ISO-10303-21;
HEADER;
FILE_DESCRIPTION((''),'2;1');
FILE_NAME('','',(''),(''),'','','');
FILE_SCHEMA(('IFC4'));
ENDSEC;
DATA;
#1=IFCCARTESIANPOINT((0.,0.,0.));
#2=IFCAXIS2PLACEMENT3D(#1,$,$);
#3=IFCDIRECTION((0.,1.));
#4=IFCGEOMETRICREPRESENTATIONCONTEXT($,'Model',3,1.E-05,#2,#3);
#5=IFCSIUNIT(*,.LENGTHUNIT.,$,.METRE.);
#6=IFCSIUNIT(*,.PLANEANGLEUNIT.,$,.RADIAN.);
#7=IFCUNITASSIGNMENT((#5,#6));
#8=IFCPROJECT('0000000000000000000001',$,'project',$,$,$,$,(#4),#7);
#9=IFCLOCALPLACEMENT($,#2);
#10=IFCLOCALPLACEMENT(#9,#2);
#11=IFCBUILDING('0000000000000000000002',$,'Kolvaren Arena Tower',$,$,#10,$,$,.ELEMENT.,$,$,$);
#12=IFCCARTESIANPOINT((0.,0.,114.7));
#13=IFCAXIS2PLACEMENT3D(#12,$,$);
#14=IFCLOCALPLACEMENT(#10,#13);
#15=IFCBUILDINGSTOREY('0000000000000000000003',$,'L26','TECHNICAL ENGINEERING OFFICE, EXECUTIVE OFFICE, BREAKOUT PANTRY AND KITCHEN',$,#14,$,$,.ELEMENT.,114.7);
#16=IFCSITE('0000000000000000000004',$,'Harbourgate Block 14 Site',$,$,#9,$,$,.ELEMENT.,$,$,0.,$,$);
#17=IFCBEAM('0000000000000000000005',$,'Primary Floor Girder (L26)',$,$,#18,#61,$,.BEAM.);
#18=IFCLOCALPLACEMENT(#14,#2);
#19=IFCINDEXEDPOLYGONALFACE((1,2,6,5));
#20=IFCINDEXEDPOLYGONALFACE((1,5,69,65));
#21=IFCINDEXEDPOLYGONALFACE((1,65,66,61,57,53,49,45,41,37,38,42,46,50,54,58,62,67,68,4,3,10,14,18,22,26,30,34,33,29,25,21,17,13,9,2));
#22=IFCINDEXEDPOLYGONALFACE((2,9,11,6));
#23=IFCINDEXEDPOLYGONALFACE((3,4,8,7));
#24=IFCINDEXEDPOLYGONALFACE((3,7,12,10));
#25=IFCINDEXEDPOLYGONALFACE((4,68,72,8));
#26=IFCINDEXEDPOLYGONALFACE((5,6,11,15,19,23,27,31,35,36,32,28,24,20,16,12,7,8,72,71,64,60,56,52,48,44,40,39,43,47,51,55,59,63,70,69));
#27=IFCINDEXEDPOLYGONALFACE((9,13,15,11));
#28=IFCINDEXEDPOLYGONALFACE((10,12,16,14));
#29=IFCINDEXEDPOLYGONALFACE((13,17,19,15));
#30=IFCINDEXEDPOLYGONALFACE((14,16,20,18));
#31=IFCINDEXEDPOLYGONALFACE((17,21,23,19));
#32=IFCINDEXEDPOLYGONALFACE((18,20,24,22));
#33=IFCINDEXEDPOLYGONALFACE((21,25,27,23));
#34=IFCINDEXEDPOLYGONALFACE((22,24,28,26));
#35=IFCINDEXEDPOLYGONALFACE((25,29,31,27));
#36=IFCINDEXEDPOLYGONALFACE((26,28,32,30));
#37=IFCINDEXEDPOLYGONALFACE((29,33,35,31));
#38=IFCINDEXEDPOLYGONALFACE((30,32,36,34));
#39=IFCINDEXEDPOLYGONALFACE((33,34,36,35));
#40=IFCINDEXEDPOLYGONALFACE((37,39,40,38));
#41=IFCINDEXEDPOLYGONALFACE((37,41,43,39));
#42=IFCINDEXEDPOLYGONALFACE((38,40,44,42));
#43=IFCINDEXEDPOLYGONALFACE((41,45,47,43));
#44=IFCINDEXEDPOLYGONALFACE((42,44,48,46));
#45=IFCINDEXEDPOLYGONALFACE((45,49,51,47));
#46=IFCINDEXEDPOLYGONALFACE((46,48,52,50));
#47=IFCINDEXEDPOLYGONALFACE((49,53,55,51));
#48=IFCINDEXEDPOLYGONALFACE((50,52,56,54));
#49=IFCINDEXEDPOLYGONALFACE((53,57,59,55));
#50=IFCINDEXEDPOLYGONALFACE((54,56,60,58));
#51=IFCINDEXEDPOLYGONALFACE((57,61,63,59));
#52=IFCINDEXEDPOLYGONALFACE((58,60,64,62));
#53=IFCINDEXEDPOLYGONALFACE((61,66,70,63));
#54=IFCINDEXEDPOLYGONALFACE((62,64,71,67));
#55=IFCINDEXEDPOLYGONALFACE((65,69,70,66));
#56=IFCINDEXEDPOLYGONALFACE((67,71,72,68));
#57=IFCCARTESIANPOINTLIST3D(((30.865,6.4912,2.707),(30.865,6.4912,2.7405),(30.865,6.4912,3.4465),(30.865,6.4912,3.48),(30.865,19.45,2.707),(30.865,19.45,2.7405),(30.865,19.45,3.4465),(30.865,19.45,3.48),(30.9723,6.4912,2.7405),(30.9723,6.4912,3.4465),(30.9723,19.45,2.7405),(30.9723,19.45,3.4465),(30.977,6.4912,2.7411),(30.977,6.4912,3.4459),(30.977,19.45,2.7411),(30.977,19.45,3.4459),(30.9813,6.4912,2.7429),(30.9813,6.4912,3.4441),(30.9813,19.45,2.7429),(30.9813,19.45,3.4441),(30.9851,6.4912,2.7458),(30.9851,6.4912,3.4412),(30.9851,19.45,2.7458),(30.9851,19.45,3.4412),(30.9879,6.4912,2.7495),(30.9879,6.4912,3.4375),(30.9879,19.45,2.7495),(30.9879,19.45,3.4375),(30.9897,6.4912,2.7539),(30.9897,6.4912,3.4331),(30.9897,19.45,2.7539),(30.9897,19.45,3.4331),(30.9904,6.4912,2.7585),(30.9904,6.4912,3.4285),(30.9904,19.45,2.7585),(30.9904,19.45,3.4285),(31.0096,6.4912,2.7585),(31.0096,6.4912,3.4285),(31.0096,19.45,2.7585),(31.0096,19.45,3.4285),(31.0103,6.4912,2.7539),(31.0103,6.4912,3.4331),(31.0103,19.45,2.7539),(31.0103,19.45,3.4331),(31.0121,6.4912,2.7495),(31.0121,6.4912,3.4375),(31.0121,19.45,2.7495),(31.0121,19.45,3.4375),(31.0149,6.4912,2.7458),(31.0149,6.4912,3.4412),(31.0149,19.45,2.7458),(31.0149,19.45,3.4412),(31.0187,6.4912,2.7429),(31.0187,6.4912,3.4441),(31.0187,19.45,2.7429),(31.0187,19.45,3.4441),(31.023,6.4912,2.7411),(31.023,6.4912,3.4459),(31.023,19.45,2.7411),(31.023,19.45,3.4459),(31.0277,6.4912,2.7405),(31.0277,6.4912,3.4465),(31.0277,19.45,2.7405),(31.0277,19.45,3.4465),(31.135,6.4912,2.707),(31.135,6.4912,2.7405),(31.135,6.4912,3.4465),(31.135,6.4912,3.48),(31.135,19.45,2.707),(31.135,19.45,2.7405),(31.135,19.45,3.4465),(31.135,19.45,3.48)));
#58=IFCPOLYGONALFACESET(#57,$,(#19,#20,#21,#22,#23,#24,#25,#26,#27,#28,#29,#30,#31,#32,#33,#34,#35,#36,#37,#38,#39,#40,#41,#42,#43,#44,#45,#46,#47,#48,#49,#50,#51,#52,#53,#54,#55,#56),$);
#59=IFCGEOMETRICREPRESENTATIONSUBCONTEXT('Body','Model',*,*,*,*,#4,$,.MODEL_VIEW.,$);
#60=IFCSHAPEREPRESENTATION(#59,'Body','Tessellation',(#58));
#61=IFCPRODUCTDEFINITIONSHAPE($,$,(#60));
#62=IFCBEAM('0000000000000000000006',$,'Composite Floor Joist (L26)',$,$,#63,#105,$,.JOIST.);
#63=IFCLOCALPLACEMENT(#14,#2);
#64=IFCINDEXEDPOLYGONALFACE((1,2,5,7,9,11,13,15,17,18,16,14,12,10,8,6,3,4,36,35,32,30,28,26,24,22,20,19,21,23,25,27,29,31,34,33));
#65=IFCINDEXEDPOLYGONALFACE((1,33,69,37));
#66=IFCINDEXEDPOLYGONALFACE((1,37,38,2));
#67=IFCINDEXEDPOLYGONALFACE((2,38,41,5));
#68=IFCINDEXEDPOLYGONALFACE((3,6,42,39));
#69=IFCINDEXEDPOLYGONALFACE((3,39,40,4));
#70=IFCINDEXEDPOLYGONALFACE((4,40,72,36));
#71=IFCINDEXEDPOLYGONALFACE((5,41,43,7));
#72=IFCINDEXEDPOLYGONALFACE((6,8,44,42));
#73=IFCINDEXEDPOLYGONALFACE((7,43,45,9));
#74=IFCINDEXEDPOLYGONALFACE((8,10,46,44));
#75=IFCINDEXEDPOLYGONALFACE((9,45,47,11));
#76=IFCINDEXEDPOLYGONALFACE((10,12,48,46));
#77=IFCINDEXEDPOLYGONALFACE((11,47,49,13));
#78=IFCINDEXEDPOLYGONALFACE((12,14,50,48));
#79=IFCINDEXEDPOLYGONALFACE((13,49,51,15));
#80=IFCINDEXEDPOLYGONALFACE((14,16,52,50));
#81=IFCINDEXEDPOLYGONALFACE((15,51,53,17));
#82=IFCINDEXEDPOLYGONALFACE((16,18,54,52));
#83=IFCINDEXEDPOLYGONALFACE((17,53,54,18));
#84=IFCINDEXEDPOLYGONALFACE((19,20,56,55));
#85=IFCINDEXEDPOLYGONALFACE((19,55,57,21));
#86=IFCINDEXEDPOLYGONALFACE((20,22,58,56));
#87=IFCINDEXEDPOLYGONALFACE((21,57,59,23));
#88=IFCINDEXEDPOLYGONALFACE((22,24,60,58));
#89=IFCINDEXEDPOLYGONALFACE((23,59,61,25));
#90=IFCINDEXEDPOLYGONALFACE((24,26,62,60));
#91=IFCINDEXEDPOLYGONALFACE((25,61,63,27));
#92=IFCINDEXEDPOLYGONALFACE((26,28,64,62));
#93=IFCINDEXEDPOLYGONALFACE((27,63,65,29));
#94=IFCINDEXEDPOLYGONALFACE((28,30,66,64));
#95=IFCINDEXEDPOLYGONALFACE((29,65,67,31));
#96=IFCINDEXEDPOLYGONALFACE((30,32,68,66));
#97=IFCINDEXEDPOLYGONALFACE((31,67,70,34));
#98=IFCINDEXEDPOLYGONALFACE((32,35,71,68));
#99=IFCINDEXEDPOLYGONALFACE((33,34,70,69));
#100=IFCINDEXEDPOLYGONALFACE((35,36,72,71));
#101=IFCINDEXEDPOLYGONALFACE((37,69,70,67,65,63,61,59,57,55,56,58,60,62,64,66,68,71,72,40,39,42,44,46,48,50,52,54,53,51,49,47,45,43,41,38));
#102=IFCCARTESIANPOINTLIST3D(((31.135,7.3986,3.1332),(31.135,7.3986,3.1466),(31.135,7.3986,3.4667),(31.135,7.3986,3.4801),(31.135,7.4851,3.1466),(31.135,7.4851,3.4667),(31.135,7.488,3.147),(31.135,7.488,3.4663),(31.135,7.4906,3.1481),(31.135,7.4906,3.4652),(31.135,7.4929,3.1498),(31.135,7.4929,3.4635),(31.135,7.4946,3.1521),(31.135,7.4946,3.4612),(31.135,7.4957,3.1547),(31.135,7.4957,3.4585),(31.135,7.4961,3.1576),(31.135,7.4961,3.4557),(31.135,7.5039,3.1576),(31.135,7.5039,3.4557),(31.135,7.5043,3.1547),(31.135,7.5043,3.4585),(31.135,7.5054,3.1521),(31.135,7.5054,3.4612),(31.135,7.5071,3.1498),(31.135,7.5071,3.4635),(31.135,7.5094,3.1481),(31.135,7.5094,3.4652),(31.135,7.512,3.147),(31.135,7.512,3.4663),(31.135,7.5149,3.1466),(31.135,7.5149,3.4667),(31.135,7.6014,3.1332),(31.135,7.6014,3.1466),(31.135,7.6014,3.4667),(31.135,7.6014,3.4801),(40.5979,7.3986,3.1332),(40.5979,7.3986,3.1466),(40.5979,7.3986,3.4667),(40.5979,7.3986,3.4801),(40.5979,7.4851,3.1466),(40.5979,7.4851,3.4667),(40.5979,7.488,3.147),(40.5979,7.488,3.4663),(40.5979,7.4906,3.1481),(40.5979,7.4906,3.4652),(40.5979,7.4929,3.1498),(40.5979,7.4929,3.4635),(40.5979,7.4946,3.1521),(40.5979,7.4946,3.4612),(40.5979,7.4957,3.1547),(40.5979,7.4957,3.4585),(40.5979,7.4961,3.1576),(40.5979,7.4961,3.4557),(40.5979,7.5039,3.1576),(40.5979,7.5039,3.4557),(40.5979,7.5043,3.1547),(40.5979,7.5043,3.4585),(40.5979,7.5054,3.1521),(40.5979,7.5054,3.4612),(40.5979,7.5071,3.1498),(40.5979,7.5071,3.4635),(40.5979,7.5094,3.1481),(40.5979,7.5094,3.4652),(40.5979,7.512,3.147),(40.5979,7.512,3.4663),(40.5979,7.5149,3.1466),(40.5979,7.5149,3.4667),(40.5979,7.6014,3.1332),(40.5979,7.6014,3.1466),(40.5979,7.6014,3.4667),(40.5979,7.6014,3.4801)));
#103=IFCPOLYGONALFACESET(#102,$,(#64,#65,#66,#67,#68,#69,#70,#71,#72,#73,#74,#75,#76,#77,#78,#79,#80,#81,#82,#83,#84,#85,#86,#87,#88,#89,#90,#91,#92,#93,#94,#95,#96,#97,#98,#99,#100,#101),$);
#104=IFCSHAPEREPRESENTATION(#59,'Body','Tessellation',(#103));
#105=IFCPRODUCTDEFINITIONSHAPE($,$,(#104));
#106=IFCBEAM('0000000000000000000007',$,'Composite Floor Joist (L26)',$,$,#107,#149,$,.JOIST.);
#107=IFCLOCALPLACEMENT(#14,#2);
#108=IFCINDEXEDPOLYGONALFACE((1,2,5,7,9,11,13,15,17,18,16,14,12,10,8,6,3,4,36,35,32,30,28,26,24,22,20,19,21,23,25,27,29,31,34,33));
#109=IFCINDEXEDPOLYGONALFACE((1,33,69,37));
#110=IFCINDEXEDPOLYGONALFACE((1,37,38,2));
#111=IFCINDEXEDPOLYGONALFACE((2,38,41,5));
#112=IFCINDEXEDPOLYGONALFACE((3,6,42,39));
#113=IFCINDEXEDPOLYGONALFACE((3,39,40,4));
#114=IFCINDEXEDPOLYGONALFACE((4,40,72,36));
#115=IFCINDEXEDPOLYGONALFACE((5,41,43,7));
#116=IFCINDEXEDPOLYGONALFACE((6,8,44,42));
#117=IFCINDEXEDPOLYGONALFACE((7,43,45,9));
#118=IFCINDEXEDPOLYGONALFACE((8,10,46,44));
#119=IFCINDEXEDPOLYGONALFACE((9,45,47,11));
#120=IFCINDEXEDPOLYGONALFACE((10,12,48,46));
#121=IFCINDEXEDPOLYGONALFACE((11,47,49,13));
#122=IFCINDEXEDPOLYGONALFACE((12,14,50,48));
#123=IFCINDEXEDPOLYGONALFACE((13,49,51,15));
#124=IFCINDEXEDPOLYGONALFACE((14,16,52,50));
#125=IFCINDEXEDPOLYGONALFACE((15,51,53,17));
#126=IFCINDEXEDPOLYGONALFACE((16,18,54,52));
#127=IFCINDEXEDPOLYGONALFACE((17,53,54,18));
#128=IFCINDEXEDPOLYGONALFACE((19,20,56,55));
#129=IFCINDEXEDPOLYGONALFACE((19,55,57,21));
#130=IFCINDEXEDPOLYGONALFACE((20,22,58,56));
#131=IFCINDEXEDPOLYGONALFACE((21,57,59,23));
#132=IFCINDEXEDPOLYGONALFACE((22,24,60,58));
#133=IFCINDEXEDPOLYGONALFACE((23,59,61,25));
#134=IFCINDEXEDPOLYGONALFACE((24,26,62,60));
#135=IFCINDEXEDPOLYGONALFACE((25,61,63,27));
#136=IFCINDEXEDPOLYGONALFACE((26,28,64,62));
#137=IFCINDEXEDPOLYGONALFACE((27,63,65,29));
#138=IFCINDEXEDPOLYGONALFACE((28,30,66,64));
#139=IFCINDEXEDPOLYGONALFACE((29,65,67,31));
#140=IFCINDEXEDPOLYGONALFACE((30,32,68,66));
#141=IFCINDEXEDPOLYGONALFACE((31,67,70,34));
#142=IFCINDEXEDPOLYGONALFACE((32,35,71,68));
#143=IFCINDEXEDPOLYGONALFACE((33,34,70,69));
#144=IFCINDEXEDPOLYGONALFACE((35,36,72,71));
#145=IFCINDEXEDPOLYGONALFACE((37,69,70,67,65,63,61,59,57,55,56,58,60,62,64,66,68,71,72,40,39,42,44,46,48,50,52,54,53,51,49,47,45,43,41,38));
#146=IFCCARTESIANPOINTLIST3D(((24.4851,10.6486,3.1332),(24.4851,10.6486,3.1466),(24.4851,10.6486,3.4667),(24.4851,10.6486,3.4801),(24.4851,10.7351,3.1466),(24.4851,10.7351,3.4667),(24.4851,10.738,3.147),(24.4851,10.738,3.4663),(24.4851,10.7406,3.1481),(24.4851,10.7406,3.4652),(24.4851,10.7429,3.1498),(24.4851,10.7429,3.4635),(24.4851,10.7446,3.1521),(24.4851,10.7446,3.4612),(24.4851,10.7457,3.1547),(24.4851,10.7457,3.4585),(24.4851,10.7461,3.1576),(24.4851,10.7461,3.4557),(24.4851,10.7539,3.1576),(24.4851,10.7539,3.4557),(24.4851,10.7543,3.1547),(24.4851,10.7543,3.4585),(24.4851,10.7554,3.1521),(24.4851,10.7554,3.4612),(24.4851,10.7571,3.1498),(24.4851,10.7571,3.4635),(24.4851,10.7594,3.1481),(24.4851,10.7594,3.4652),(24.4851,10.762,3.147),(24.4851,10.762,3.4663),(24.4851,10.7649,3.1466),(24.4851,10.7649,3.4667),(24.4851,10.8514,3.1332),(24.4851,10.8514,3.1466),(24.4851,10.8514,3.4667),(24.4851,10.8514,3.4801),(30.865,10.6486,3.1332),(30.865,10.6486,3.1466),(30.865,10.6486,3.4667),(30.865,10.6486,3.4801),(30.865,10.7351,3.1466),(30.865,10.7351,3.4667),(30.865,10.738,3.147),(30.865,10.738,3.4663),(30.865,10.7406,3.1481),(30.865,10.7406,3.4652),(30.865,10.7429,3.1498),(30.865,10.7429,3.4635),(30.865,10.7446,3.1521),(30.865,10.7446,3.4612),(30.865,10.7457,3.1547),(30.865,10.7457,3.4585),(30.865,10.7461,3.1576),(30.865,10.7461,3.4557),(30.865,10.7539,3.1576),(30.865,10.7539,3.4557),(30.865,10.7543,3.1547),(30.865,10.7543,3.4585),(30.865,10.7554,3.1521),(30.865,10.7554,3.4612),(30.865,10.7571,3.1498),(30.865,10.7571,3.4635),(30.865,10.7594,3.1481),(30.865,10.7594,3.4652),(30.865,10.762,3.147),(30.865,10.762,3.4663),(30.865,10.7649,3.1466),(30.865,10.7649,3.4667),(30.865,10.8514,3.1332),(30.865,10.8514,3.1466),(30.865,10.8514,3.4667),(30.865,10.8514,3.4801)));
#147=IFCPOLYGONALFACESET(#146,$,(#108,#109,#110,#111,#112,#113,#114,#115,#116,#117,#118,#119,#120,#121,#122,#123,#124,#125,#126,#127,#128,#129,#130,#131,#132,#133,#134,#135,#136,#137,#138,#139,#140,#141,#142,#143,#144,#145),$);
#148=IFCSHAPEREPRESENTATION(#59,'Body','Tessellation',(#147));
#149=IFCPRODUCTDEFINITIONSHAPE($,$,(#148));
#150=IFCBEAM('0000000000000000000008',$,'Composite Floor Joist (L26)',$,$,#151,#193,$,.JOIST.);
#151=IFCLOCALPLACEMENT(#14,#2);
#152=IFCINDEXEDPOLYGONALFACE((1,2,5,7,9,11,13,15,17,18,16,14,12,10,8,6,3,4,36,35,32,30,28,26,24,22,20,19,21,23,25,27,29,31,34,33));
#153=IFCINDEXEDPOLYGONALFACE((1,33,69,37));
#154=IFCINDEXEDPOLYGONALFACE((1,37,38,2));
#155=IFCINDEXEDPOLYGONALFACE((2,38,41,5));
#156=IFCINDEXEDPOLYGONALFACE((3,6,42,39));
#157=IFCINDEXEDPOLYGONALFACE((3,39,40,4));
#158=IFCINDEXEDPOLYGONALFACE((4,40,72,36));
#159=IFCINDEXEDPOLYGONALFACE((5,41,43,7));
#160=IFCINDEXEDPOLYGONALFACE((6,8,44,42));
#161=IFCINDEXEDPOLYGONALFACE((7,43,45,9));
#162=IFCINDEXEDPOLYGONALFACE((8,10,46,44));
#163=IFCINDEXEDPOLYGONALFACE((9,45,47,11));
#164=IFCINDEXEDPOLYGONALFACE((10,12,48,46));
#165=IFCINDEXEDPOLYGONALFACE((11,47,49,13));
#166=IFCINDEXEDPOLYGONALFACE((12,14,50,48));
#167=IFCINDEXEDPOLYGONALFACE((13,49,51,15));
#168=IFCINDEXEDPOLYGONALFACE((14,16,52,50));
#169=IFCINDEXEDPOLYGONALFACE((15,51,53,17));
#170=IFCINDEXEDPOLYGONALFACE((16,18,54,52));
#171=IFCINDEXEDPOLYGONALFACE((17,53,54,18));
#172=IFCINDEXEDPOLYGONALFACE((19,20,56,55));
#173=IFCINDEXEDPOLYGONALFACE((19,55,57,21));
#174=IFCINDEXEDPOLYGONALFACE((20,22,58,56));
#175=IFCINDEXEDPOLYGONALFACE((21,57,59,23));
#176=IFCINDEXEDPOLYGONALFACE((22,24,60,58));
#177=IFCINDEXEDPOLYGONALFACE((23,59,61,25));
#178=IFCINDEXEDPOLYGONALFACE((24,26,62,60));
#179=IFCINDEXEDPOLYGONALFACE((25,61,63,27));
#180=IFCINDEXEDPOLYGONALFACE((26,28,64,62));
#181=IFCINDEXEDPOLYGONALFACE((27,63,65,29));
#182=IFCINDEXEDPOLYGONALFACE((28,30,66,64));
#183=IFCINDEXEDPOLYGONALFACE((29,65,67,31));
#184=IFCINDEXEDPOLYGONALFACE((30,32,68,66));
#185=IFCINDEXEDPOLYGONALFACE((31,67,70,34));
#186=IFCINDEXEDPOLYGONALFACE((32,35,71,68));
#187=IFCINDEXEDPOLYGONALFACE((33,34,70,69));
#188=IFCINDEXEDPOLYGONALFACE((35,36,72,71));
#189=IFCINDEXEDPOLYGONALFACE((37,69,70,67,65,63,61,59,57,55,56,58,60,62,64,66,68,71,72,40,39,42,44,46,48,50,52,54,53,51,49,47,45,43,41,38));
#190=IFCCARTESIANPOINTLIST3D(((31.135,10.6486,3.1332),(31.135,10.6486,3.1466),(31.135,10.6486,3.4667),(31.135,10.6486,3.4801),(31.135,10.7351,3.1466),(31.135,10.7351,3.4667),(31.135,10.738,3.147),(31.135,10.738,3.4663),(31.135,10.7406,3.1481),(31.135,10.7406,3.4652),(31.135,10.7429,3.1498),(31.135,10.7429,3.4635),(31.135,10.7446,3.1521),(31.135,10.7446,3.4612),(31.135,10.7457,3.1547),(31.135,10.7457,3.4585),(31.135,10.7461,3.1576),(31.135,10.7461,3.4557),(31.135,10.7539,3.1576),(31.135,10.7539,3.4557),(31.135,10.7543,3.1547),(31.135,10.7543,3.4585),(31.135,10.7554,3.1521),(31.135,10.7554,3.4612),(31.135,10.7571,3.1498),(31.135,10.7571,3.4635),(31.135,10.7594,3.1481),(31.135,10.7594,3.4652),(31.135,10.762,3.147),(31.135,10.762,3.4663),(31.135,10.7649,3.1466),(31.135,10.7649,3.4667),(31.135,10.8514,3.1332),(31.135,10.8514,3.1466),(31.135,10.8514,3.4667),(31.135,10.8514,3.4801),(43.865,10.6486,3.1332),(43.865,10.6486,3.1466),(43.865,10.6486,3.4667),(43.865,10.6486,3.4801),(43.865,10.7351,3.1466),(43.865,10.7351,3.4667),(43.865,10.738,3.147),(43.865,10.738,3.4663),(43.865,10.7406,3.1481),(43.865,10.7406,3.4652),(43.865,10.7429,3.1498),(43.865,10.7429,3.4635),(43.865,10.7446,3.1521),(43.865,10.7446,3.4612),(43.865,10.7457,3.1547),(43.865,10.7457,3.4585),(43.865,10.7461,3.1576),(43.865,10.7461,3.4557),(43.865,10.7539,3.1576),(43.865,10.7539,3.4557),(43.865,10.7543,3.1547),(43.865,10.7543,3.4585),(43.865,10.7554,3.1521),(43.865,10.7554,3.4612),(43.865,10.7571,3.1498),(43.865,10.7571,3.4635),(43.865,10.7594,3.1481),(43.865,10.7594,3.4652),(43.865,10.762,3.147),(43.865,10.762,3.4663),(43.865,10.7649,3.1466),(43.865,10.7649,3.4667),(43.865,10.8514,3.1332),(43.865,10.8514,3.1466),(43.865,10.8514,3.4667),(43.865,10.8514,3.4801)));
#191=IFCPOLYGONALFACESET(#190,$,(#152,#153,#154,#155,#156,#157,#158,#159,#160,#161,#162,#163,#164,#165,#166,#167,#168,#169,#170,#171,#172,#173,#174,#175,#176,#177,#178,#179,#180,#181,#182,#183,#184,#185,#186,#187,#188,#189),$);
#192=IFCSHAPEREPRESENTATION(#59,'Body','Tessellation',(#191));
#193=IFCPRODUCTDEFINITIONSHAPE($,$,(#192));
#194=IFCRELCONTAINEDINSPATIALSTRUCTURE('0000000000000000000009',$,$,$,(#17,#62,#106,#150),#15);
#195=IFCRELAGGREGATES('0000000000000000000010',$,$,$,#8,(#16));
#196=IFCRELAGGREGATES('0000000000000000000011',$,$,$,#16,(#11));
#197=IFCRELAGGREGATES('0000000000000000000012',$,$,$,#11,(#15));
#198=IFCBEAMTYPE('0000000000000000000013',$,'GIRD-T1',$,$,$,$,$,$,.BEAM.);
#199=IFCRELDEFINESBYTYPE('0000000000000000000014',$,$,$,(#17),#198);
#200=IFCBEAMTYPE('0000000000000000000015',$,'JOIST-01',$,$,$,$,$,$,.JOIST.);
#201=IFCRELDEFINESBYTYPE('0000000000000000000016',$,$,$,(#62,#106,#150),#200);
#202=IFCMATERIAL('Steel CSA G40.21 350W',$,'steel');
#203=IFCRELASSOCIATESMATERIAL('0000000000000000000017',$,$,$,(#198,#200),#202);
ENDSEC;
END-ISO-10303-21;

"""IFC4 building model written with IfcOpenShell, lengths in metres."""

from ifc_helpers import new_model, si_unit, direction, frame, origin, origin_2d, place, context, subcontext, project, spatial, i_section, extrude, material, material_profile, profile_set, type_object, element, save


model = new_model("IFC4")

# Units and contexts
model_context = context("Model", 3, precision=1e-05, world=origin(), true_north=direction((0.0, 1.0)))
body_context = subcontext(model_context, "Body", "Model", "MODEL_VIEW")
ifc_project = project(units=[si_unit("LENGTHUNIT", "METRE"), si_unit("PLANEANGLEUNIT", "RADIAN")], contexts=[model_context])

# Site, building, storey
site_placement = place(None, origin())
site = spatial("IfcSite", under=ifc_project, at=site_placement, Name="Harbourgate Block 14 Site", CompositionType="ELEMENT", RefElevation=0.0)
building_placement = place(site_placement, origin())
building = spatial("IfcBuilding", under=site, at=building_placement, Name="Kolvaren Arena Tower", CompositionType="ELEMENT")
storey_placement = place(building_placement, frame((0.0, 0.0, 114.7)))
storey = spatial("IfcBuildingStorey", under=building, at=storey_placement, Name="L26", Description="TECHNICAL ENGINEERING OFFICE, EXECUTIVE OFFICE, BREAKOUT PANTRY AND KITCHEN", CompositionType="ELEMENT", Elevation=114.7)

# Beams
ifc_material_1 = material(Name="Steel CSA G40.21 350W", Category="steel")
ifc_material_profile_1 = material_profile(ifc_material_1, i_section(OverallWidth=0.27, OverallDepth=0.7729, WebThickness=0.0193, FlangeThickness=0.0334, FilletRadius=0.0181, at=origin_2d()), Name="W760x257")
ifc_profile_set_1 = profile_set([ifc_material_profile_1], Name="Steel CSA G40.21 350W")
beam_type_1 = type_object("IfcBeamType", Name="GIRD-T1", PredefinedType="BEAM", material=ifc_profile_set_1)
beam_1_placement = place(storey_placement, frame((31.0, 6.4912, 3.0935), z_axis=(0.0, 1.0, 0.0), x_axis=(-1.0, 0.0, 0.0)))
element("IfcBeam", 1, at=beam_1_placement, inside=storey, type_object=beam_type_1, Name="Primary Floor Girder (L26)", PredefinedType="BEAM", context=body_context, shape_type="SweptSolid", body=[
    extrude(i_section(OverallWidth=0.27, OverallDepth=0.7729, WebThickness=0.0193, FlangeThickness=0.0334, FilletRadius=0.0181, at=origin_2d()), origin(), (0.0, 0.0, 1.0), 12.9587),
])
ifc_material_profile_2 = material_profile(ifc_material_1, i_section(OverallWidth=0.2029, OverallDepth=0.3469, WebThickness=0.0078, FlangeThickness=0.0134, FilletRadius=0.011, at=origin_2d()), Name="W360x64")
ifc_profile_set_2 = profile_set([ifc_material_profile_2], Name="Steel CSA G40.21 350W")
beam_type_2 = type_object("IfcBeamType", Name="JOIST-01", PredefinedType="JOIST", material=ifc_profile_set_2)
beam_2_placement = place(storey_placement, frame((31.135, 7.5, 3.3066), z_axis=(1.0, 0.0, 0.0), x_axis=(0.0, 1.0, 0.0)))
element("IfcBeam", 2, at=beam_2_placement, inside=storey, type_object=beam_type_2, Name="Composite Floor Joist (L26)", PredefinedType="JOIST", context=body_context, shape_type="SweptSolid", body=[
    extrude(i_section(OverallWidth=0.2029, OverallDepth=0.3469, WebThickness=0.0078, FlangeThickness=0.0134, FilletRadius=0.011, at=origin_2d()), origin(), (0.0, 0.0, 1.0), 9.4629),
])
beam_3_placement = place(storey_placement, frame((24.4851, 10.75, 3.3066), z_axis=(1.0, 0.0, 0.0), x_axis=(0.0, 1.0, 0.0)))
element("IfcBeam", 3, at=beam_3_placement, inside=storey, type_object=beam_type_2, Name="Composite Floor Joist (L26)", PredefinedType="JOIST", context=body_context, shape_type="SweptSolid", body=[
    extrude(i_section(OverallWidth=0.2029, OverallDepth=0.3469, WebThickness=0.0078, FlangeThickness=0.0134, FilletRadius=0.011, at=origin_2d()), origin(), (0.0, 0.0, 1.0), 6.3799),
])
beam_4_placement = place(storey_placement, frame((31.135, 10.75, 3.3066), z_axis=(1.0, 0.0, 0.0), x_axis=(0.0, 1.0, 0.0)))
element("IfcBeam", 4, at=beam_4_placement, inside=storey, type_object=beam_type_2, Name="Composite Floor Joist (L26)", PredefinedType="JOIST", context=body_context, shape_type="SweptSolid", body=[
    extrude(i_section(OverallWidth=0.2029, OverallDepth=0.3469, WebThickness=0.0078, FlangeThickness=0.0134, FilletRadius=0.011, at=origin_2d()), origin(), (0.0, 0.0, 1.0), 12.73),
])

save(model, "model.ifc")
